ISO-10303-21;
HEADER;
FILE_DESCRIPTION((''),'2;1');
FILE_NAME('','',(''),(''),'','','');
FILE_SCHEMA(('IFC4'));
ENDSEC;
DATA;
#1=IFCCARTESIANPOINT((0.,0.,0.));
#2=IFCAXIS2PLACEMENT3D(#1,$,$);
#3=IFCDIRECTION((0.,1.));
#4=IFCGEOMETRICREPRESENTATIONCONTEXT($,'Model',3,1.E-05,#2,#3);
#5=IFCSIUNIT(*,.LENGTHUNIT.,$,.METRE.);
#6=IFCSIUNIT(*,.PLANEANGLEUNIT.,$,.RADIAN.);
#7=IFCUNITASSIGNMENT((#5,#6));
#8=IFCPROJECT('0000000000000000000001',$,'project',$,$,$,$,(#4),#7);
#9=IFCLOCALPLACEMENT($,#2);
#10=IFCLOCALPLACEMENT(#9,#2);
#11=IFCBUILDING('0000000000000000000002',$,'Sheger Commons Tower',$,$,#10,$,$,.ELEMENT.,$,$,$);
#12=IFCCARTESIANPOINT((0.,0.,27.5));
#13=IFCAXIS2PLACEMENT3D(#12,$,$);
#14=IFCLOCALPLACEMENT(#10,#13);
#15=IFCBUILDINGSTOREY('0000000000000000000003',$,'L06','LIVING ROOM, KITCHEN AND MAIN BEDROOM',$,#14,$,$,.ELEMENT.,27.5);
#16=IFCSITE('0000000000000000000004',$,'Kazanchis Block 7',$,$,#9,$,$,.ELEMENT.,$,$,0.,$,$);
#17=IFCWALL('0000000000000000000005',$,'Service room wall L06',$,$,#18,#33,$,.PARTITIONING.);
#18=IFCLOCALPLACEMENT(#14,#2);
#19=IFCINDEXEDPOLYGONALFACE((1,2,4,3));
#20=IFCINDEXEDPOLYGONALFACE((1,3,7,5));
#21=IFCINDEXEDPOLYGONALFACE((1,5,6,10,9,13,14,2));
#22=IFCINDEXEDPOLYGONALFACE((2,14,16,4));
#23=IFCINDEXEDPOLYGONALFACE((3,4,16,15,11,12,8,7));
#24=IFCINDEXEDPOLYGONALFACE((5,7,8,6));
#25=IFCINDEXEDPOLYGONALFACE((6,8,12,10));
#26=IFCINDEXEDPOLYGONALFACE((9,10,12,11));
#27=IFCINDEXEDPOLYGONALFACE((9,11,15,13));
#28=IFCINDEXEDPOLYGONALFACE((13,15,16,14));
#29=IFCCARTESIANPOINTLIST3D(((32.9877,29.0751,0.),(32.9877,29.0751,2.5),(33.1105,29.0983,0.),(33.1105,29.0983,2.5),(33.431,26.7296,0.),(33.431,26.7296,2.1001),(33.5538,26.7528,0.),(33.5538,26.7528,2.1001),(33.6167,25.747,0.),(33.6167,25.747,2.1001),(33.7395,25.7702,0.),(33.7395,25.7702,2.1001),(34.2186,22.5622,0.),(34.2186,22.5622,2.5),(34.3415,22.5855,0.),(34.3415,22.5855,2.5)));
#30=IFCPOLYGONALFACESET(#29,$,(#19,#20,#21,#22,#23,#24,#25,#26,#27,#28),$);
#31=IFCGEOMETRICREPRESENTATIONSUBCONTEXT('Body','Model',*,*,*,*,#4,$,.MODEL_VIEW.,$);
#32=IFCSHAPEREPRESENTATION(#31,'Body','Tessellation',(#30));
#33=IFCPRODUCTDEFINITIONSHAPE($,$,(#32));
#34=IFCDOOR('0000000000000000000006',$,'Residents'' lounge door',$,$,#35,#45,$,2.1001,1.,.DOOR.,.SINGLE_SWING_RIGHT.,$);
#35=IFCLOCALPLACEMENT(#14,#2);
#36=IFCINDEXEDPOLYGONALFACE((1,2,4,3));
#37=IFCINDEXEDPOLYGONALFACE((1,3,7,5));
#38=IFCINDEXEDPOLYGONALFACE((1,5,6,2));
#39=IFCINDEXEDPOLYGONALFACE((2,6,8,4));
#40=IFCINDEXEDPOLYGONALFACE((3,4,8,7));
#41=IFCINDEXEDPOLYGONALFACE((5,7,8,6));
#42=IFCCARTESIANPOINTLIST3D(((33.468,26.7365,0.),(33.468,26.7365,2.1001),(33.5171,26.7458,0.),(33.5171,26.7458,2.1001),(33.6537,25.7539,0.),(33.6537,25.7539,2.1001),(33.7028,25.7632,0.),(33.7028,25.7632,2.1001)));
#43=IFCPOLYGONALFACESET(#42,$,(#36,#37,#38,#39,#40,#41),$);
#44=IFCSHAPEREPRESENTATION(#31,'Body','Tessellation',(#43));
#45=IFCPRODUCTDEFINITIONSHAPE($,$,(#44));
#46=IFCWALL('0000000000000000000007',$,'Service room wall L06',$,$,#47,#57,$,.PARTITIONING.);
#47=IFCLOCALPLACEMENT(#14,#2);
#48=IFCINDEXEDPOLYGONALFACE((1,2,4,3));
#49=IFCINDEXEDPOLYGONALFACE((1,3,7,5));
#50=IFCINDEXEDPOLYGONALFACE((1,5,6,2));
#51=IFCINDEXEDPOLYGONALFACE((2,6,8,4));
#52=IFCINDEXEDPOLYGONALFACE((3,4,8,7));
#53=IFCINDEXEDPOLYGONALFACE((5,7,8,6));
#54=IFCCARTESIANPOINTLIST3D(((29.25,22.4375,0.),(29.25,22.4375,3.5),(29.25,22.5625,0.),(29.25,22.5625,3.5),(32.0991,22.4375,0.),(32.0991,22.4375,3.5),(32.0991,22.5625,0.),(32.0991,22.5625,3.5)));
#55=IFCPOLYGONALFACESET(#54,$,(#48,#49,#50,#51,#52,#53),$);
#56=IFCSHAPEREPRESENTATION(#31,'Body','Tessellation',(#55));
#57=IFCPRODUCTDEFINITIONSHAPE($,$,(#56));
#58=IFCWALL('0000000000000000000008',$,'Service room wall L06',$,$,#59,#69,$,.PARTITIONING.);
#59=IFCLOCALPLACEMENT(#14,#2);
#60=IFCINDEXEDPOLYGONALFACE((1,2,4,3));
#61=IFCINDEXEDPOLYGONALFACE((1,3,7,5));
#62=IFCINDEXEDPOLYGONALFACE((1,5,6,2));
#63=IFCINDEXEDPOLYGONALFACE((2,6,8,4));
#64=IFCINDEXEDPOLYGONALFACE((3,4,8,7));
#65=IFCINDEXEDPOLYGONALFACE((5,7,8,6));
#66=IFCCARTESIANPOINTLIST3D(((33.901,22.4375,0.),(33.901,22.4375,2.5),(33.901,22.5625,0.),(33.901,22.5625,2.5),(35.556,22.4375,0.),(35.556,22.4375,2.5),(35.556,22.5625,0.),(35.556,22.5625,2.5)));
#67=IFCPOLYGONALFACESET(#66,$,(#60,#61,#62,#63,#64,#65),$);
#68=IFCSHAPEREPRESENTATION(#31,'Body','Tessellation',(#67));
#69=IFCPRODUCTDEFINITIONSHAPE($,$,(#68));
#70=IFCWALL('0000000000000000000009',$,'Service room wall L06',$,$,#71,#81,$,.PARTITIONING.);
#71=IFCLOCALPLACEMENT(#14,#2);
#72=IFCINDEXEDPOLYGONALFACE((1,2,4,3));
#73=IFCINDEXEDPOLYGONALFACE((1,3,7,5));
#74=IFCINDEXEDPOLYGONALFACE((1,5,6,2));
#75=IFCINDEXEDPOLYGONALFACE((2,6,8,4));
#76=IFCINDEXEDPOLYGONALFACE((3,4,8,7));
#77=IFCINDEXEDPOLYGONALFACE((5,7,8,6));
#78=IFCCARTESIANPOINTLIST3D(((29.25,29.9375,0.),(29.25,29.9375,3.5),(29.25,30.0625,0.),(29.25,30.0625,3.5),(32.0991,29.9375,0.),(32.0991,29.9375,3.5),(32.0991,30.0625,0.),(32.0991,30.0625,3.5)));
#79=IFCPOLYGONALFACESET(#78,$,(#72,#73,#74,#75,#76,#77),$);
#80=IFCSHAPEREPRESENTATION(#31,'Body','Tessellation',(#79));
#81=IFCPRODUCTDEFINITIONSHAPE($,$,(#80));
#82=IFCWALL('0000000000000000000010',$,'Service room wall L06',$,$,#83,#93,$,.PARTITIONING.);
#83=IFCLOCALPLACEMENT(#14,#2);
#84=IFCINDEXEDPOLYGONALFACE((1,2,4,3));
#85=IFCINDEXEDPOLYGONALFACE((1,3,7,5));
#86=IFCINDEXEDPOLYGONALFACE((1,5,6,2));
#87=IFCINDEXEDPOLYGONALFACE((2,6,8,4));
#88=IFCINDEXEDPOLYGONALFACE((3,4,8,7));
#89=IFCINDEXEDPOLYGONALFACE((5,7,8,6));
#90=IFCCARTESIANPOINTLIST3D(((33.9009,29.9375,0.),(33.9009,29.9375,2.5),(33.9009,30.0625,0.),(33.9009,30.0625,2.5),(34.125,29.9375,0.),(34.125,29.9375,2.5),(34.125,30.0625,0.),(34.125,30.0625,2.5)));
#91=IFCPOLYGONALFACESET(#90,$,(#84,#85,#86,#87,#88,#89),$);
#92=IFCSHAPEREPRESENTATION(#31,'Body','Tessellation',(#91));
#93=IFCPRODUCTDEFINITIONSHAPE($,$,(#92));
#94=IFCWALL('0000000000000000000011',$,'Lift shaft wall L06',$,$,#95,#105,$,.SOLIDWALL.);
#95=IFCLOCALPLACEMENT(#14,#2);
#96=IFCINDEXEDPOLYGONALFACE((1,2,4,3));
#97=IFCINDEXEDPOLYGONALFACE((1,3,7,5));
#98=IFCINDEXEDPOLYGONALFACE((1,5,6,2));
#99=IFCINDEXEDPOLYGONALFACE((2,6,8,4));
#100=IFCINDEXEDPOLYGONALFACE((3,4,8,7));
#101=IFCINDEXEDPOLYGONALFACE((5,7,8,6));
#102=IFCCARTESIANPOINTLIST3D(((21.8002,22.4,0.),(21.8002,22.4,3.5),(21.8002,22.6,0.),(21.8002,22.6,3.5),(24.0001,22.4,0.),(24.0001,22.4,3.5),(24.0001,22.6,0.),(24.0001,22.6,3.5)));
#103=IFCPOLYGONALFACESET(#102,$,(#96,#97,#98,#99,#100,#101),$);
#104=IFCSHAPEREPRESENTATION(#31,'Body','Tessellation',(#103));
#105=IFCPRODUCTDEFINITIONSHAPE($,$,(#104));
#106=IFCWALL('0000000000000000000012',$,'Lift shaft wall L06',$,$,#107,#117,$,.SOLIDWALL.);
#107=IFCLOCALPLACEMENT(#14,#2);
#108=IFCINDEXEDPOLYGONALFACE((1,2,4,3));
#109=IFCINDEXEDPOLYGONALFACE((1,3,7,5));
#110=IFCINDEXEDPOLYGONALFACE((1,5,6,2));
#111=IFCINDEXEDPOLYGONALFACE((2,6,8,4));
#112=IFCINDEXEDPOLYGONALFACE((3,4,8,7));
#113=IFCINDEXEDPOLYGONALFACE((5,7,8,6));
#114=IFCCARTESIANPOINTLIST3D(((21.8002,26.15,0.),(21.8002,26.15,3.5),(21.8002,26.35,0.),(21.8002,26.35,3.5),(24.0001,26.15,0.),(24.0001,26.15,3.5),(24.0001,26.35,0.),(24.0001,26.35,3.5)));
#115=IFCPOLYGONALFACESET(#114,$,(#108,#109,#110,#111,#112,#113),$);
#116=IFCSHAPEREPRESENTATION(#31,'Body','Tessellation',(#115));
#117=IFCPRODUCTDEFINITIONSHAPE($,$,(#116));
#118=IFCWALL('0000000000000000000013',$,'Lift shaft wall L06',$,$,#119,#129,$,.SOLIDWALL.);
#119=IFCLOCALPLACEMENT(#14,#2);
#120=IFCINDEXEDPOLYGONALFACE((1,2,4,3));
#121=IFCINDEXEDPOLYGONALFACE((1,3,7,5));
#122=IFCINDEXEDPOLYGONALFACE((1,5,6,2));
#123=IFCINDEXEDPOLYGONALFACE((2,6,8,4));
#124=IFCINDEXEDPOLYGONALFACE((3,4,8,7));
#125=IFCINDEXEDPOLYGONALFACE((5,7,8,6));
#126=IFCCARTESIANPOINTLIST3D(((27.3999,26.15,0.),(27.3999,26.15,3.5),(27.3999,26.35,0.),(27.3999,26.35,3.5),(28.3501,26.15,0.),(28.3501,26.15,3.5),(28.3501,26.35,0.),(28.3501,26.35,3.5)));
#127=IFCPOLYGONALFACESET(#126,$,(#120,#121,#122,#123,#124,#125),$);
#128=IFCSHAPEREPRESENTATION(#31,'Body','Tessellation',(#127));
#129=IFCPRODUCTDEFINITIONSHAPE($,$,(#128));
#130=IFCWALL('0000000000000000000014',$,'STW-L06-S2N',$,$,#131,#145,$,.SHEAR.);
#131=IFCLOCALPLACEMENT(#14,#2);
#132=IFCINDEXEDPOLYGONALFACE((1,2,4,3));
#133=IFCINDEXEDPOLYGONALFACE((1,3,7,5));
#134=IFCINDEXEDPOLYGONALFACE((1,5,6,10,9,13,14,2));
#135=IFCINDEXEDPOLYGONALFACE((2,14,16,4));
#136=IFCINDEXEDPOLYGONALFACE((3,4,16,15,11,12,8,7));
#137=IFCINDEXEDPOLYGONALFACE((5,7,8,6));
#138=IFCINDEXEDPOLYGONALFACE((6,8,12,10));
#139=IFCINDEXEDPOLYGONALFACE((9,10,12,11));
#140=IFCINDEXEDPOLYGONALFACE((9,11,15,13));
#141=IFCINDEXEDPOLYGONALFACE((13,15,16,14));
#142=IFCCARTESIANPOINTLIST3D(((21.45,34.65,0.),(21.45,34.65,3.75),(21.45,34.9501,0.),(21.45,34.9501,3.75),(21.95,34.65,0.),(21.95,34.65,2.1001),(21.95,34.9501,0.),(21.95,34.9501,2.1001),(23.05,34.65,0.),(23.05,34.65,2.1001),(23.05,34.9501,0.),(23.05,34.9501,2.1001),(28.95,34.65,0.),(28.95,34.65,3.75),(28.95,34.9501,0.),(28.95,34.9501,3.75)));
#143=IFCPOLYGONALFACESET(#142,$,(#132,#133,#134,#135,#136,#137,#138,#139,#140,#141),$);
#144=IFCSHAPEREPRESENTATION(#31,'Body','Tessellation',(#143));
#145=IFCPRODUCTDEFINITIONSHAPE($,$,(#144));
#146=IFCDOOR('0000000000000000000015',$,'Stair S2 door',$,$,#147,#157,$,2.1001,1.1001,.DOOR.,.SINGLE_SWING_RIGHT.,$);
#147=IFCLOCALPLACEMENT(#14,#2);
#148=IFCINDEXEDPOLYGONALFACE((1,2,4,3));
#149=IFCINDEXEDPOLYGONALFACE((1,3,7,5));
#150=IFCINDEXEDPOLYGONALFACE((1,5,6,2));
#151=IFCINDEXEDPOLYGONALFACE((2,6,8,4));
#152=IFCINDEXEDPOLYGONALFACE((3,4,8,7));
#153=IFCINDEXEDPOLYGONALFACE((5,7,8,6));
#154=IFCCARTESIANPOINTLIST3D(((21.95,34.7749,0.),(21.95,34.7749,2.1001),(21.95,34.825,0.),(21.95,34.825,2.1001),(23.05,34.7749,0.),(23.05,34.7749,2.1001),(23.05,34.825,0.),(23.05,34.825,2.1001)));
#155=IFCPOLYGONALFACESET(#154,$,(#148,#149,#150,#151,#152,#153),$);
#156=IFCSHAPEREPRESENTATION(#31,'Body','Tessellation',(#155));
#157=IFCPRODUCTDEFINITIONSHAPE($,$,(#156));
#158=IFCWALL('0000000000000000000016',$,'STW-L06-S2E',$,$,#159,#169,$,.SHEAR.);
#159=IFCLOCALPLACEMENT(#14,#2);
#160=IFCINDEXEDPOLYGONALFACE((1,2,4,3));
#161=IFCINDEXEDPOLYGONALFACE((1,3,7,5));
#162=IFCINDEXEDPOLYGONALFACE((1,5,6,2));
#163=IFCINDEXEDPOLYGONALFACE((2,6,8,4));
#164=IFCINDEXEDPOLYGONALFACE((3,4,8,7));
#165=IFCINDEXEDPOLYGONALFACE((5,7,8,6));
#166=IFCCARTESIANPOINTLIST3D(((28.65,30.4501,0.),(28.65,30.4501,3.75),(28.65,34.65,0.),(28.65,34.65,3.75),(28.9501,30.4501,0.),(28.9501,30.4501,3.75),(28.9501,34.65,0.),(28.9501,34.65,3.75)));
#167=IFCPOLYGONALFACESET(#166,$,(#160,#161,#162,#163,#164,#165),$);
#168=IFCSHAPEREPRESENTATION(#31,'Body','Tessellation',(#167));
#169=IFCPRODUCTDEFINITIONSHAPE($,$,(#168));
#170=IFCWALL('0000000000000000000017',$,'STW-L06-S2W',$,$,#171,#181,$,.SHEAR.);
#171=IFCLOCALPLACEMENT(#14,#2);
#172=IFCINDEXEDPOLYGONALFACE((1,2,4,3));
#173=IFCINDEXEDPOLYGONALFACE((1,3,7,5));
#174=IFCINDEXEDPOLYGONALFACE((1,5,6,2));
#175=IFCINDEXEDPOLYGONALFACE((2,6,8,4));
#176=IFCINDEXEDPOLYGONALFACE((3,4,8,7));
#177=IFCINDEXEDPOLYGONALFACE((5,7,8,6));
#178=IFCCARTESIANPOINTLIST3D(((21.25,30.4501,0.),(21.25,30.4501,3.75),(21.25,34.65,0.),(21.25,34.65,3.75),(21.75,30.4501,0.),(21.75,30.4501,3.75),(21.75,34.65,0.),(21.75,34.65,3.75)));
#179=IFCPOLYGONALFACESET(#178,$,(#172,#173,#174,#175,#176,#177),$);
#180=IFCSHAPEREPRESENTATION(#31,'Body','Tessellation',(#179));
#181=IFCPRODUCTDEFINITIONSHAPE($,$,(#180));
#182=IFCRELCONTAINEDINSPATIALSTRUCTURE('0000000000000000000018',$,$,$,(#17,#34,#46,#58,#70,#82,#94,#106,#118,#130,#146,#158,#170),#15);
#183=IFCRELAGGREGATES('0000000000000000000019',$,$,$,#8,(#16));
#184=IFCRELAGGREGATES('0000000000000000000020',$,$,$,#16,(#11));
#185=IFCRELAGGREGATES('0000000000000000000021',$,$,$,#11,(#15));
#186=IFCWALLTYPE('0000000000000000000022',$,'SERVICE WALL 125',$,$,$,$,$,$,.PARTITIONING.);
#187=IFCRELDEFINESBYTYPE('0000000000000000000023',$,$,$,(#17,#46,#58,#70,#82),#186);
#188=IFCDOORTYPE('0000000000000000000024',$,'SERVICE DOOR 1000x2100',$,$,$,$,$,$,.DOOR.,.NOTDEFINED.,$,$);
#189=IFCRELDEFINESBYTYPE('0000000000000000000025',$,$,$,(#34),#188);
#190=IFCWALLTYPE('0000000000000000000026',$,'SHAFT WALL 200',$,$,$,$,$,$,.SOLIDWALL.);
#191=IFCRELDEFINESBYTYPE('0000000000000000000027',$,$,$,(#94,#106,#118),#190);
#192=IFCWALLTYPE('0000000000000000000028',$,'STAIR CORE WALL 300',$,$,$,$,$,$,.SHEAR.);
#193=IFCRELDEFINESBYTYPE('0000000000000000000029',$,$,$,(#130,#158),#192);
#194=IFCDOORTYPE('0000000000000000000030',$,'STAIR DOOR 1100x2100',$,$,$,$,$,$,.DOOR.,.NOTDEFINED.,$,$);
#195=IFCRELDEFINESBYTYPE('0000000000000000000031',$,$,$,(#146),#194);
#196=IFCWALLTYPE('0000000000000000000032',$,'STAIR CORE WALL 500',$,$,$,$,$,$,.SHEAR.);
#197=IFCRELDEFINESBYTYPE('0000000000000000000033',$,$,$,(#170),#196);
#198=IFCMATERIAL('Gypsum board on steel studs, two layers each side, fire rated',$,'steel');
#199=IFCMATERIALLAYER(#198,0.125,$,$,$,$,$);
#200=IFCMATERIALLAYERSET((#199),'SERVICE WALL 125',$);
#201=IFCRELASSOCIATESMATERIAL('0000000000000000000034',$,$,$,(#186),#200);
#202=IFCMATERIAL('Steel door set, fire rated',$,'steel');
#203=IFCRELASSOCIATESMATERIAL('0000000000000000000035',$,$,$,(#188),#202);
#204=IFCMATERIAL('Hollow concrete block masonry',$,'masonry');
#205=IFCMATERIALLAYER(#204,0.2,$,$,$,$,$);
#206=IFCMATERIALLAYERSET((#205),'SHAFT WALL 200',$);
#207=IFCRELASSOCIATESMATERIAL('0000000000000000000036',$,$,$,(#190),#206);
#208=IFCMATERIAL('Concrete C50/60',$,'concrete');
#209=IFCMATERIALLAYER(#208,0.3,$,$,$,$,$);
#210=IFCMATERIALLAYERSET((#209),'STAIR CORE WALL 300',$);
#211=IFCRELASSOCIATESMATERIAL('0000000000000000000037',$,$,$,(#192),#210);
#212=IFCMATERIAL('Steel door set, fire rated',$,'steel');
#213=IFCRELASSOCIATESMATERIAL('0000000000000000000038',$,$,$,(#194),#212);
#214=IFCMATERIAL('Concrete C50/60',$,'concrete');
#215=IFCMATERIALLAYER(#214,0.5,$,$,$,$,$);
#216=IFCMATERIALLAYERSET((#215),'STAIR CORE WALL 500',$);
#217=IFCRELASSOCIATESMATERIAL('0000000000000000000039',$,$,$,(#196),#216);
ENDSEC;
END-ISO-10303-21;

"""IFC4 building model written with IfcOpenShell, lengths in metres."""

from ifc_helpers import new_model, si_unit, direction, frame, frame_2d, origin, place, context, subcontext, project, spatial, rectangle, extrude, material, layer, layer_set, type_object, element, fill, save


model = new_model("IFC4")

# Units and contexts
model_context = context("Model", 3, precision=1e-05, world=origin(), true_north=direction((0.0, 1.0)))
body_context = subcontext(model_context, "Body", "Model", "MODEL_VIEW")
ifc_project = project(units=[si_unit("LENGTHUNIT", "METRE"), si_unit("PLANEANGLEUNIT", "RADIAN")], contexts=[model_context])

# Site, building, storey
site_placement = place(None, origin())
site = spatial("IfcSite", under=ifc_project, at=site_placement, Name="Kazanchis Block 7", CompositionType="ELEMENT", RefElevation=0.0)
building_placement = place(site_placement, origin())
building = spatial("IfcBuilding", under=site, at=building_placement, Name="Sheger Commons Tower", CompositionType="ELEMENT")
storey_placement = place(building_placement, frame((0.0, 0.0, 27.5)))
storey = spatial("IfcBuildingStorey", under=building, at=storey_placement, Name="L06", Description="LIVING ROOM, KITCHEN AND MAIN BEDROOM", CompositionType="ELEMENT", Elevation=27.5)

# Shared definitions
ifc_material_1 = material(Name="Gypsum board on steel studs, two layers each side, fire rated", Category="steel")
ifc_layer_1 = layer(ifc_material_1, 0.125)
ifc_layer_set_1 = layer_set([ifc_layer_1], Name="SERVICE WALL 125")
wall_type_1 = type_object("IfcWallType", Name="SERVICE WALL 125", PredefinedType="PARTITIONING", material=ifc_layer_set_1)

# Wall, opening, door
ifc_material_2 = material(Name="Steel door set, fire rated", Category="steel")
door_type_1 = type_object("IfcDoorType", Name="SERVICE DOOR 1000x2100", OperationType="NOTDEFINED", PredefinedType="DOOR", material=ifc_material_2)
wall_1_placement = place(storey_placement, frame((34.28, 22.574, 0.0), z_axis=(0.0, 0.0, 1.0), x_axis=(-0.185714, 0.982604, 0.0)))
wall_1 = element("IfcWall", 1, at=wall_1_placement, inside=storey, type_object=wall_type_1, Name="Service room wall L06", PredefinedType="PARTITIONING", context=body_context, shape_type="SweptSolid", body=[
    extrude(rectangle(XDim=6.6282, YDim=0.125, at=frame_2d((3.314, 0.0))), origin(), (0.0, 0.0, 1.0), 2.5),
])
opening_1_placement = place(wall_1_placement, frame((3.241, 0.0, 0.0)))
opening_1 = element("IfcOpeningElement", 2, at=opening_1_placement, cuts=wall_1, PredefinedType="OPENING", context=body_context, shape_type="SweptSolid", body=[
    extrude(rectangle(XDim=1.0, YDim=2.1001, at=frame_2d((0.5, 1.05))), frame((0.0, 0.0725, 0.0), z_axis=(0.0, -1.0, 0.0), x_axis=(1.0, 0.0, 0.0)), (0.0, 0.0, 1.0), 0.145),
])
door_1_placement = place(opening_1_placement, origin())
door_1 = element("IfcDoor", 3, at=door_1_placement, inside=storey, type_object=door_type_1, Name="Residents' lounge door", OperationType="SINGLE_SWING_RIGHT", OverallHeight=2.1001, OverallWidth=1.0, PredefinedType="DOOR", context=body_context, shape_type="SweptSolid", body=[
    extrude(rectangle(XDim=1.0, YDim=2.1001, at=frame_2d((0.5, 1.05))), frame((0.0, 0.0249, 0.0), z_axis=(0.0, -1.0, 0.0), x_axis=(1.0, 0.0, 0.0)), (0.0, 0.0, 1.0), 0.05),
])
fill(opening_1, door_1)

# Walls
wall_2_placement = place(storey_placement, frame((29.25, 22.5, 0.0), z_axis=(0.0, 0.0, 1.0), x_axis=(1.0, 0.0, 0.0)))
element("IfcWall", 4, at=wall_2_placement, inside=storey, type_object=wall_type_1, Name="Service room wall L06", PredefinedType="PARTITIONING", context=body_context, shape_type="SweptSolid", body=[
    extrude(rectangle(XDim=2.8491, YDim=0.125, at=frame_2d((1.4246, 0.0))), origin(), (0.0, 0.0, 1.0), 3.5),
])
wall_3_placement = place(storey_placement, frame((33.9009, 22.5, 0.0), z_axis=(0.0, 0.0, 1.0), x_axis=(1.0, 0.0, 0.0)))
element("IfcWall", 5, at=wall_3_placement, inside=storey, type_object=wall_type_1, Name="Service room wall L06", PredefinedType="PARTITIONING", context=body_context, shape_type="SweptSolid", body=[
    extrude(rectangle(XDim=1.655, YDim=0.125, at=frame_2d((0.8276, 0.0))), origin(), (0.0, 0.0, 1.0), 2.5),
])
wall_4_placement = place(storey_placement, frame((29.25, 30.0, 0.0), z_axis=(0.0, 0.0, 1.0), x_axis=(1.0, 0.0, 0.0)))
element("IfcWall", 6, at=wall_4_placement, inside=storey, type_object=wall_type_1, Name="Service room wall L06", PredefinedType="PARTITIONING", context=body_context, shape_type="SweptSolid", body=[
    extrude(rectangle(XDim=2.8491, YDim=0.125, at=frame_2d((1.4246, 0.0))), origin(), (0.0, 0.0, 1.0), 3.5),
])
wall_5_placement = place(storey_placement, frame((33.9009, 30.0, 0.0), z_axis=(0.0, 0.0, 1.0), x_axis=(1.0, 0.0, 0.0)))
element("IfcWall", 7, at=wall_5_placement, inside=storey, type_object=wall_type_1, Name="Service room wall L06", PredefinedType="PARTITIONING", context=body_context, shape_type="SweptSolid", body=[
    extrude(rectangle(XDim=0.2241, YDim=0.125, at=frame_2d((0.1121, 0.0))), origin(), (0.0, 0.0, 1.0), 2.5),
])
ifc_material_3 = material(Name="Hollow concrete block masonry", Category="masonry")
ifc_layer_2 = layer(ifc_material_3, 0.2)
ifc_layer_set_2 = layer_set([ifc_layer_2], Name="SHAFT WALL 200")
wall_type_2 = type_object("IfcWallType", Name="SHAFT WALL 200", PredefinedType="SOLIDWALL", material=ifc_layer_set_2)
for number, where, z_axis, x_axis, name in (
    (8, (21.8, 22.5, 0.0), (0.0, 0.0, 1.0), (1.0, 0.0, 0.0), "Lift shaft wall L06"),
    (9, (21.8, 26.25, 0.0), (0.0, 0.0, 1.0), (1.0, 0.0, 0.0), "Lift shaft wall L06"),
):
    element("IfcWall", number, at=place(storey_placement, frame(where, z_axis=z_axis, x_axis=x_axis)), inside=storey, type_object=wall_type_2, Name=name, PredefinedType="SOLIDWALL", context=body_context, shape_type="SweptSolid", body=[
        extrude(rectangle(XDim=2.2, YDim=0.2, at=frame_2d((1.1001, 0.0))), origin(), (0.0, 0.0, 1.0), 3.5),
    ])
wall_6_placement = place(storey_placement, frame((27.3999, 26.25, 0.0), z_axis=(0.0, 0.0, 1.0), x_axis=(1.0, 0.0, 0.0)))
element("IfcWall", 10, at=wall_6_placement, inside=storey, type_object=wall_type_2, Name="Lift shaft wall L06", PredefinedType="SOLIDWALL", context=body_context, shape_type="SweptSolid", body=[
    extrude(rectangle(XDim=0.9502, YDim=0.2, at=frame_2d((0.4751, 0.0))), origin(), (0.0, 0.0, 1.0), 3.5),
])

# Wall, opening, door
ifc_material_4 = material(Name="Concrete C50/60", Category="concrete")
ifc_layer_3 = layer(ifc_material_4, 0.3)
ifc_layer_set_3 = layer_set([ifc_layer_3], Name="STAIR CORE WALL 300")
wall_type_3 = type_object("IfcWallType", Name="STAIR CORE WALL 300", PredefinedType="SHEAR", material=ifc_layer_set_3)
wall_7_placement = place(storey_placement, frame((21.45, 34.8, 0.0), z_axis=(0.0, 0.0, 1.0), x_axis=(1.0, 0.0, 0.0)))
wall_7 = element("IfcWall", 11, at=wall_7_placement, inside=storey, type_object=wall_type_3, Name="STW-L06-S2N", PredefinedType="SHEAR", context=body_context, shape_type="SweptSolid", body=[
    extrude(rectangle(XDim=7.5, YDim=0.3, at=frame_2d((3.75, 0.0))), origin(), (0.0, 0.0, 1.0), 3.75),
])
opening_2_placement = place(wall_7_placement, frame((0.5, 0.0, 0.0)))
opening_2 = element("IfcOpeningElement", 12, at=opening_2_placement, cuts=wall_7, PredefinedType="OPENING", context=body_context, shape_type="SweptSolid", body=[
    extrude(rectangle(XDim=1.1001, YDim=2.1001, at=frame_2d((0.55, 1.05))), frame((0.0, 0.1599, 0.0), z_axis=(0.0, -1.0, 0.0), x_axis=(1.0, 0.0, 0.0)), (0.0, 0.0, 1.0), 0.3201),
])
ifc_material_5 = material(Name="Steel door set, fire rated", Category="steel")
door_type_2 = type_object("IfcDoorType", Name="STAIR DOOR 1100x2100", OperationType="NOTDEFINED", PredefinedType="DOOR", material=ifc_material_5)
door_2_placement = place(opening_2_placement, origin())
door_2 = element("IfcDoor", 13, at=door_2_placement, inside=storey, type_object=door_type_2, Name="Stair S2 door", OperationType="SINGLE_SWING_RIGHT", OverallHeight=2.1001, OverallWidth=1.1001, PredefinedType="DOOR", context=body_context, shape_type="SweptSolid", body=[
    extrude(rectangle(XDim=1.1001, YDim=2.1001, at=frame_2d((0.55, 1.05))), frame((0.0, 0.0249, 0.0), z_axis=(0.0, -1.0, 0.0), x_axis=(1.0, 0.0, 0.0)), (0.0, 0.0, 1.0), 0.05),
])
fill(opening_2, door_2)

# Walls
wall_8_placement = place(storey_placement, frame((28.8, 30.45, 0.0), z_axis=(0.0, 0.0, 1.0), x_axis=(0.0, 1.0, 0.0)))
element("IfcWall", 14, at=wall_8_placement, inside=storey, type_object=wall_type_3, Name="STW-L06-S2E", PredefinedType="SHEAR", context=body_context, shape_type="SweptSolid", body=[
    extrude(rectangle(XDim=4.2, YDim=0.3, at=frame_2d((2.1001, 0.0))), origin(), (0.0, 0.0, 1.0), 3.75),
])
ifc_material_6 = material(Name="Concrete C50/60", Category="concrete")
ifc_layer_4 = layer(ifc_material_6, 0.5)
ifc_layer_set_4 = layer_set([ifc_layer_4], Name="STAIR CORE WALL 500")
wall_type_4 = type_object("IfcWallType", Name="STAIR CORE WALL 500", PredefinedType="SHEAR", material=ifc_layer_set_4)
wall_9_placement = place(storey_placement, frame((21.5, 30.45, 0.0), z_axis=(0.0, 0.0, 1.0), x_axis=(0.0, 1.0, 0.0)))
element("IfcWall", 15, at=wall_9_placement, inside=storey, type_object=wall_type_4, Name="STW-L06-S2W", PredefinedType="SHEAR", context=body_context, shape_type="SweptSolid", body=[
    extrude(rectangle(XDim=4.2, YDim=0.5, at=frame_2d((2.1001, 0.0))), origin(), (0.0, 0.0, 1.0), 3.75),
])

save(model, "model.ifc")
